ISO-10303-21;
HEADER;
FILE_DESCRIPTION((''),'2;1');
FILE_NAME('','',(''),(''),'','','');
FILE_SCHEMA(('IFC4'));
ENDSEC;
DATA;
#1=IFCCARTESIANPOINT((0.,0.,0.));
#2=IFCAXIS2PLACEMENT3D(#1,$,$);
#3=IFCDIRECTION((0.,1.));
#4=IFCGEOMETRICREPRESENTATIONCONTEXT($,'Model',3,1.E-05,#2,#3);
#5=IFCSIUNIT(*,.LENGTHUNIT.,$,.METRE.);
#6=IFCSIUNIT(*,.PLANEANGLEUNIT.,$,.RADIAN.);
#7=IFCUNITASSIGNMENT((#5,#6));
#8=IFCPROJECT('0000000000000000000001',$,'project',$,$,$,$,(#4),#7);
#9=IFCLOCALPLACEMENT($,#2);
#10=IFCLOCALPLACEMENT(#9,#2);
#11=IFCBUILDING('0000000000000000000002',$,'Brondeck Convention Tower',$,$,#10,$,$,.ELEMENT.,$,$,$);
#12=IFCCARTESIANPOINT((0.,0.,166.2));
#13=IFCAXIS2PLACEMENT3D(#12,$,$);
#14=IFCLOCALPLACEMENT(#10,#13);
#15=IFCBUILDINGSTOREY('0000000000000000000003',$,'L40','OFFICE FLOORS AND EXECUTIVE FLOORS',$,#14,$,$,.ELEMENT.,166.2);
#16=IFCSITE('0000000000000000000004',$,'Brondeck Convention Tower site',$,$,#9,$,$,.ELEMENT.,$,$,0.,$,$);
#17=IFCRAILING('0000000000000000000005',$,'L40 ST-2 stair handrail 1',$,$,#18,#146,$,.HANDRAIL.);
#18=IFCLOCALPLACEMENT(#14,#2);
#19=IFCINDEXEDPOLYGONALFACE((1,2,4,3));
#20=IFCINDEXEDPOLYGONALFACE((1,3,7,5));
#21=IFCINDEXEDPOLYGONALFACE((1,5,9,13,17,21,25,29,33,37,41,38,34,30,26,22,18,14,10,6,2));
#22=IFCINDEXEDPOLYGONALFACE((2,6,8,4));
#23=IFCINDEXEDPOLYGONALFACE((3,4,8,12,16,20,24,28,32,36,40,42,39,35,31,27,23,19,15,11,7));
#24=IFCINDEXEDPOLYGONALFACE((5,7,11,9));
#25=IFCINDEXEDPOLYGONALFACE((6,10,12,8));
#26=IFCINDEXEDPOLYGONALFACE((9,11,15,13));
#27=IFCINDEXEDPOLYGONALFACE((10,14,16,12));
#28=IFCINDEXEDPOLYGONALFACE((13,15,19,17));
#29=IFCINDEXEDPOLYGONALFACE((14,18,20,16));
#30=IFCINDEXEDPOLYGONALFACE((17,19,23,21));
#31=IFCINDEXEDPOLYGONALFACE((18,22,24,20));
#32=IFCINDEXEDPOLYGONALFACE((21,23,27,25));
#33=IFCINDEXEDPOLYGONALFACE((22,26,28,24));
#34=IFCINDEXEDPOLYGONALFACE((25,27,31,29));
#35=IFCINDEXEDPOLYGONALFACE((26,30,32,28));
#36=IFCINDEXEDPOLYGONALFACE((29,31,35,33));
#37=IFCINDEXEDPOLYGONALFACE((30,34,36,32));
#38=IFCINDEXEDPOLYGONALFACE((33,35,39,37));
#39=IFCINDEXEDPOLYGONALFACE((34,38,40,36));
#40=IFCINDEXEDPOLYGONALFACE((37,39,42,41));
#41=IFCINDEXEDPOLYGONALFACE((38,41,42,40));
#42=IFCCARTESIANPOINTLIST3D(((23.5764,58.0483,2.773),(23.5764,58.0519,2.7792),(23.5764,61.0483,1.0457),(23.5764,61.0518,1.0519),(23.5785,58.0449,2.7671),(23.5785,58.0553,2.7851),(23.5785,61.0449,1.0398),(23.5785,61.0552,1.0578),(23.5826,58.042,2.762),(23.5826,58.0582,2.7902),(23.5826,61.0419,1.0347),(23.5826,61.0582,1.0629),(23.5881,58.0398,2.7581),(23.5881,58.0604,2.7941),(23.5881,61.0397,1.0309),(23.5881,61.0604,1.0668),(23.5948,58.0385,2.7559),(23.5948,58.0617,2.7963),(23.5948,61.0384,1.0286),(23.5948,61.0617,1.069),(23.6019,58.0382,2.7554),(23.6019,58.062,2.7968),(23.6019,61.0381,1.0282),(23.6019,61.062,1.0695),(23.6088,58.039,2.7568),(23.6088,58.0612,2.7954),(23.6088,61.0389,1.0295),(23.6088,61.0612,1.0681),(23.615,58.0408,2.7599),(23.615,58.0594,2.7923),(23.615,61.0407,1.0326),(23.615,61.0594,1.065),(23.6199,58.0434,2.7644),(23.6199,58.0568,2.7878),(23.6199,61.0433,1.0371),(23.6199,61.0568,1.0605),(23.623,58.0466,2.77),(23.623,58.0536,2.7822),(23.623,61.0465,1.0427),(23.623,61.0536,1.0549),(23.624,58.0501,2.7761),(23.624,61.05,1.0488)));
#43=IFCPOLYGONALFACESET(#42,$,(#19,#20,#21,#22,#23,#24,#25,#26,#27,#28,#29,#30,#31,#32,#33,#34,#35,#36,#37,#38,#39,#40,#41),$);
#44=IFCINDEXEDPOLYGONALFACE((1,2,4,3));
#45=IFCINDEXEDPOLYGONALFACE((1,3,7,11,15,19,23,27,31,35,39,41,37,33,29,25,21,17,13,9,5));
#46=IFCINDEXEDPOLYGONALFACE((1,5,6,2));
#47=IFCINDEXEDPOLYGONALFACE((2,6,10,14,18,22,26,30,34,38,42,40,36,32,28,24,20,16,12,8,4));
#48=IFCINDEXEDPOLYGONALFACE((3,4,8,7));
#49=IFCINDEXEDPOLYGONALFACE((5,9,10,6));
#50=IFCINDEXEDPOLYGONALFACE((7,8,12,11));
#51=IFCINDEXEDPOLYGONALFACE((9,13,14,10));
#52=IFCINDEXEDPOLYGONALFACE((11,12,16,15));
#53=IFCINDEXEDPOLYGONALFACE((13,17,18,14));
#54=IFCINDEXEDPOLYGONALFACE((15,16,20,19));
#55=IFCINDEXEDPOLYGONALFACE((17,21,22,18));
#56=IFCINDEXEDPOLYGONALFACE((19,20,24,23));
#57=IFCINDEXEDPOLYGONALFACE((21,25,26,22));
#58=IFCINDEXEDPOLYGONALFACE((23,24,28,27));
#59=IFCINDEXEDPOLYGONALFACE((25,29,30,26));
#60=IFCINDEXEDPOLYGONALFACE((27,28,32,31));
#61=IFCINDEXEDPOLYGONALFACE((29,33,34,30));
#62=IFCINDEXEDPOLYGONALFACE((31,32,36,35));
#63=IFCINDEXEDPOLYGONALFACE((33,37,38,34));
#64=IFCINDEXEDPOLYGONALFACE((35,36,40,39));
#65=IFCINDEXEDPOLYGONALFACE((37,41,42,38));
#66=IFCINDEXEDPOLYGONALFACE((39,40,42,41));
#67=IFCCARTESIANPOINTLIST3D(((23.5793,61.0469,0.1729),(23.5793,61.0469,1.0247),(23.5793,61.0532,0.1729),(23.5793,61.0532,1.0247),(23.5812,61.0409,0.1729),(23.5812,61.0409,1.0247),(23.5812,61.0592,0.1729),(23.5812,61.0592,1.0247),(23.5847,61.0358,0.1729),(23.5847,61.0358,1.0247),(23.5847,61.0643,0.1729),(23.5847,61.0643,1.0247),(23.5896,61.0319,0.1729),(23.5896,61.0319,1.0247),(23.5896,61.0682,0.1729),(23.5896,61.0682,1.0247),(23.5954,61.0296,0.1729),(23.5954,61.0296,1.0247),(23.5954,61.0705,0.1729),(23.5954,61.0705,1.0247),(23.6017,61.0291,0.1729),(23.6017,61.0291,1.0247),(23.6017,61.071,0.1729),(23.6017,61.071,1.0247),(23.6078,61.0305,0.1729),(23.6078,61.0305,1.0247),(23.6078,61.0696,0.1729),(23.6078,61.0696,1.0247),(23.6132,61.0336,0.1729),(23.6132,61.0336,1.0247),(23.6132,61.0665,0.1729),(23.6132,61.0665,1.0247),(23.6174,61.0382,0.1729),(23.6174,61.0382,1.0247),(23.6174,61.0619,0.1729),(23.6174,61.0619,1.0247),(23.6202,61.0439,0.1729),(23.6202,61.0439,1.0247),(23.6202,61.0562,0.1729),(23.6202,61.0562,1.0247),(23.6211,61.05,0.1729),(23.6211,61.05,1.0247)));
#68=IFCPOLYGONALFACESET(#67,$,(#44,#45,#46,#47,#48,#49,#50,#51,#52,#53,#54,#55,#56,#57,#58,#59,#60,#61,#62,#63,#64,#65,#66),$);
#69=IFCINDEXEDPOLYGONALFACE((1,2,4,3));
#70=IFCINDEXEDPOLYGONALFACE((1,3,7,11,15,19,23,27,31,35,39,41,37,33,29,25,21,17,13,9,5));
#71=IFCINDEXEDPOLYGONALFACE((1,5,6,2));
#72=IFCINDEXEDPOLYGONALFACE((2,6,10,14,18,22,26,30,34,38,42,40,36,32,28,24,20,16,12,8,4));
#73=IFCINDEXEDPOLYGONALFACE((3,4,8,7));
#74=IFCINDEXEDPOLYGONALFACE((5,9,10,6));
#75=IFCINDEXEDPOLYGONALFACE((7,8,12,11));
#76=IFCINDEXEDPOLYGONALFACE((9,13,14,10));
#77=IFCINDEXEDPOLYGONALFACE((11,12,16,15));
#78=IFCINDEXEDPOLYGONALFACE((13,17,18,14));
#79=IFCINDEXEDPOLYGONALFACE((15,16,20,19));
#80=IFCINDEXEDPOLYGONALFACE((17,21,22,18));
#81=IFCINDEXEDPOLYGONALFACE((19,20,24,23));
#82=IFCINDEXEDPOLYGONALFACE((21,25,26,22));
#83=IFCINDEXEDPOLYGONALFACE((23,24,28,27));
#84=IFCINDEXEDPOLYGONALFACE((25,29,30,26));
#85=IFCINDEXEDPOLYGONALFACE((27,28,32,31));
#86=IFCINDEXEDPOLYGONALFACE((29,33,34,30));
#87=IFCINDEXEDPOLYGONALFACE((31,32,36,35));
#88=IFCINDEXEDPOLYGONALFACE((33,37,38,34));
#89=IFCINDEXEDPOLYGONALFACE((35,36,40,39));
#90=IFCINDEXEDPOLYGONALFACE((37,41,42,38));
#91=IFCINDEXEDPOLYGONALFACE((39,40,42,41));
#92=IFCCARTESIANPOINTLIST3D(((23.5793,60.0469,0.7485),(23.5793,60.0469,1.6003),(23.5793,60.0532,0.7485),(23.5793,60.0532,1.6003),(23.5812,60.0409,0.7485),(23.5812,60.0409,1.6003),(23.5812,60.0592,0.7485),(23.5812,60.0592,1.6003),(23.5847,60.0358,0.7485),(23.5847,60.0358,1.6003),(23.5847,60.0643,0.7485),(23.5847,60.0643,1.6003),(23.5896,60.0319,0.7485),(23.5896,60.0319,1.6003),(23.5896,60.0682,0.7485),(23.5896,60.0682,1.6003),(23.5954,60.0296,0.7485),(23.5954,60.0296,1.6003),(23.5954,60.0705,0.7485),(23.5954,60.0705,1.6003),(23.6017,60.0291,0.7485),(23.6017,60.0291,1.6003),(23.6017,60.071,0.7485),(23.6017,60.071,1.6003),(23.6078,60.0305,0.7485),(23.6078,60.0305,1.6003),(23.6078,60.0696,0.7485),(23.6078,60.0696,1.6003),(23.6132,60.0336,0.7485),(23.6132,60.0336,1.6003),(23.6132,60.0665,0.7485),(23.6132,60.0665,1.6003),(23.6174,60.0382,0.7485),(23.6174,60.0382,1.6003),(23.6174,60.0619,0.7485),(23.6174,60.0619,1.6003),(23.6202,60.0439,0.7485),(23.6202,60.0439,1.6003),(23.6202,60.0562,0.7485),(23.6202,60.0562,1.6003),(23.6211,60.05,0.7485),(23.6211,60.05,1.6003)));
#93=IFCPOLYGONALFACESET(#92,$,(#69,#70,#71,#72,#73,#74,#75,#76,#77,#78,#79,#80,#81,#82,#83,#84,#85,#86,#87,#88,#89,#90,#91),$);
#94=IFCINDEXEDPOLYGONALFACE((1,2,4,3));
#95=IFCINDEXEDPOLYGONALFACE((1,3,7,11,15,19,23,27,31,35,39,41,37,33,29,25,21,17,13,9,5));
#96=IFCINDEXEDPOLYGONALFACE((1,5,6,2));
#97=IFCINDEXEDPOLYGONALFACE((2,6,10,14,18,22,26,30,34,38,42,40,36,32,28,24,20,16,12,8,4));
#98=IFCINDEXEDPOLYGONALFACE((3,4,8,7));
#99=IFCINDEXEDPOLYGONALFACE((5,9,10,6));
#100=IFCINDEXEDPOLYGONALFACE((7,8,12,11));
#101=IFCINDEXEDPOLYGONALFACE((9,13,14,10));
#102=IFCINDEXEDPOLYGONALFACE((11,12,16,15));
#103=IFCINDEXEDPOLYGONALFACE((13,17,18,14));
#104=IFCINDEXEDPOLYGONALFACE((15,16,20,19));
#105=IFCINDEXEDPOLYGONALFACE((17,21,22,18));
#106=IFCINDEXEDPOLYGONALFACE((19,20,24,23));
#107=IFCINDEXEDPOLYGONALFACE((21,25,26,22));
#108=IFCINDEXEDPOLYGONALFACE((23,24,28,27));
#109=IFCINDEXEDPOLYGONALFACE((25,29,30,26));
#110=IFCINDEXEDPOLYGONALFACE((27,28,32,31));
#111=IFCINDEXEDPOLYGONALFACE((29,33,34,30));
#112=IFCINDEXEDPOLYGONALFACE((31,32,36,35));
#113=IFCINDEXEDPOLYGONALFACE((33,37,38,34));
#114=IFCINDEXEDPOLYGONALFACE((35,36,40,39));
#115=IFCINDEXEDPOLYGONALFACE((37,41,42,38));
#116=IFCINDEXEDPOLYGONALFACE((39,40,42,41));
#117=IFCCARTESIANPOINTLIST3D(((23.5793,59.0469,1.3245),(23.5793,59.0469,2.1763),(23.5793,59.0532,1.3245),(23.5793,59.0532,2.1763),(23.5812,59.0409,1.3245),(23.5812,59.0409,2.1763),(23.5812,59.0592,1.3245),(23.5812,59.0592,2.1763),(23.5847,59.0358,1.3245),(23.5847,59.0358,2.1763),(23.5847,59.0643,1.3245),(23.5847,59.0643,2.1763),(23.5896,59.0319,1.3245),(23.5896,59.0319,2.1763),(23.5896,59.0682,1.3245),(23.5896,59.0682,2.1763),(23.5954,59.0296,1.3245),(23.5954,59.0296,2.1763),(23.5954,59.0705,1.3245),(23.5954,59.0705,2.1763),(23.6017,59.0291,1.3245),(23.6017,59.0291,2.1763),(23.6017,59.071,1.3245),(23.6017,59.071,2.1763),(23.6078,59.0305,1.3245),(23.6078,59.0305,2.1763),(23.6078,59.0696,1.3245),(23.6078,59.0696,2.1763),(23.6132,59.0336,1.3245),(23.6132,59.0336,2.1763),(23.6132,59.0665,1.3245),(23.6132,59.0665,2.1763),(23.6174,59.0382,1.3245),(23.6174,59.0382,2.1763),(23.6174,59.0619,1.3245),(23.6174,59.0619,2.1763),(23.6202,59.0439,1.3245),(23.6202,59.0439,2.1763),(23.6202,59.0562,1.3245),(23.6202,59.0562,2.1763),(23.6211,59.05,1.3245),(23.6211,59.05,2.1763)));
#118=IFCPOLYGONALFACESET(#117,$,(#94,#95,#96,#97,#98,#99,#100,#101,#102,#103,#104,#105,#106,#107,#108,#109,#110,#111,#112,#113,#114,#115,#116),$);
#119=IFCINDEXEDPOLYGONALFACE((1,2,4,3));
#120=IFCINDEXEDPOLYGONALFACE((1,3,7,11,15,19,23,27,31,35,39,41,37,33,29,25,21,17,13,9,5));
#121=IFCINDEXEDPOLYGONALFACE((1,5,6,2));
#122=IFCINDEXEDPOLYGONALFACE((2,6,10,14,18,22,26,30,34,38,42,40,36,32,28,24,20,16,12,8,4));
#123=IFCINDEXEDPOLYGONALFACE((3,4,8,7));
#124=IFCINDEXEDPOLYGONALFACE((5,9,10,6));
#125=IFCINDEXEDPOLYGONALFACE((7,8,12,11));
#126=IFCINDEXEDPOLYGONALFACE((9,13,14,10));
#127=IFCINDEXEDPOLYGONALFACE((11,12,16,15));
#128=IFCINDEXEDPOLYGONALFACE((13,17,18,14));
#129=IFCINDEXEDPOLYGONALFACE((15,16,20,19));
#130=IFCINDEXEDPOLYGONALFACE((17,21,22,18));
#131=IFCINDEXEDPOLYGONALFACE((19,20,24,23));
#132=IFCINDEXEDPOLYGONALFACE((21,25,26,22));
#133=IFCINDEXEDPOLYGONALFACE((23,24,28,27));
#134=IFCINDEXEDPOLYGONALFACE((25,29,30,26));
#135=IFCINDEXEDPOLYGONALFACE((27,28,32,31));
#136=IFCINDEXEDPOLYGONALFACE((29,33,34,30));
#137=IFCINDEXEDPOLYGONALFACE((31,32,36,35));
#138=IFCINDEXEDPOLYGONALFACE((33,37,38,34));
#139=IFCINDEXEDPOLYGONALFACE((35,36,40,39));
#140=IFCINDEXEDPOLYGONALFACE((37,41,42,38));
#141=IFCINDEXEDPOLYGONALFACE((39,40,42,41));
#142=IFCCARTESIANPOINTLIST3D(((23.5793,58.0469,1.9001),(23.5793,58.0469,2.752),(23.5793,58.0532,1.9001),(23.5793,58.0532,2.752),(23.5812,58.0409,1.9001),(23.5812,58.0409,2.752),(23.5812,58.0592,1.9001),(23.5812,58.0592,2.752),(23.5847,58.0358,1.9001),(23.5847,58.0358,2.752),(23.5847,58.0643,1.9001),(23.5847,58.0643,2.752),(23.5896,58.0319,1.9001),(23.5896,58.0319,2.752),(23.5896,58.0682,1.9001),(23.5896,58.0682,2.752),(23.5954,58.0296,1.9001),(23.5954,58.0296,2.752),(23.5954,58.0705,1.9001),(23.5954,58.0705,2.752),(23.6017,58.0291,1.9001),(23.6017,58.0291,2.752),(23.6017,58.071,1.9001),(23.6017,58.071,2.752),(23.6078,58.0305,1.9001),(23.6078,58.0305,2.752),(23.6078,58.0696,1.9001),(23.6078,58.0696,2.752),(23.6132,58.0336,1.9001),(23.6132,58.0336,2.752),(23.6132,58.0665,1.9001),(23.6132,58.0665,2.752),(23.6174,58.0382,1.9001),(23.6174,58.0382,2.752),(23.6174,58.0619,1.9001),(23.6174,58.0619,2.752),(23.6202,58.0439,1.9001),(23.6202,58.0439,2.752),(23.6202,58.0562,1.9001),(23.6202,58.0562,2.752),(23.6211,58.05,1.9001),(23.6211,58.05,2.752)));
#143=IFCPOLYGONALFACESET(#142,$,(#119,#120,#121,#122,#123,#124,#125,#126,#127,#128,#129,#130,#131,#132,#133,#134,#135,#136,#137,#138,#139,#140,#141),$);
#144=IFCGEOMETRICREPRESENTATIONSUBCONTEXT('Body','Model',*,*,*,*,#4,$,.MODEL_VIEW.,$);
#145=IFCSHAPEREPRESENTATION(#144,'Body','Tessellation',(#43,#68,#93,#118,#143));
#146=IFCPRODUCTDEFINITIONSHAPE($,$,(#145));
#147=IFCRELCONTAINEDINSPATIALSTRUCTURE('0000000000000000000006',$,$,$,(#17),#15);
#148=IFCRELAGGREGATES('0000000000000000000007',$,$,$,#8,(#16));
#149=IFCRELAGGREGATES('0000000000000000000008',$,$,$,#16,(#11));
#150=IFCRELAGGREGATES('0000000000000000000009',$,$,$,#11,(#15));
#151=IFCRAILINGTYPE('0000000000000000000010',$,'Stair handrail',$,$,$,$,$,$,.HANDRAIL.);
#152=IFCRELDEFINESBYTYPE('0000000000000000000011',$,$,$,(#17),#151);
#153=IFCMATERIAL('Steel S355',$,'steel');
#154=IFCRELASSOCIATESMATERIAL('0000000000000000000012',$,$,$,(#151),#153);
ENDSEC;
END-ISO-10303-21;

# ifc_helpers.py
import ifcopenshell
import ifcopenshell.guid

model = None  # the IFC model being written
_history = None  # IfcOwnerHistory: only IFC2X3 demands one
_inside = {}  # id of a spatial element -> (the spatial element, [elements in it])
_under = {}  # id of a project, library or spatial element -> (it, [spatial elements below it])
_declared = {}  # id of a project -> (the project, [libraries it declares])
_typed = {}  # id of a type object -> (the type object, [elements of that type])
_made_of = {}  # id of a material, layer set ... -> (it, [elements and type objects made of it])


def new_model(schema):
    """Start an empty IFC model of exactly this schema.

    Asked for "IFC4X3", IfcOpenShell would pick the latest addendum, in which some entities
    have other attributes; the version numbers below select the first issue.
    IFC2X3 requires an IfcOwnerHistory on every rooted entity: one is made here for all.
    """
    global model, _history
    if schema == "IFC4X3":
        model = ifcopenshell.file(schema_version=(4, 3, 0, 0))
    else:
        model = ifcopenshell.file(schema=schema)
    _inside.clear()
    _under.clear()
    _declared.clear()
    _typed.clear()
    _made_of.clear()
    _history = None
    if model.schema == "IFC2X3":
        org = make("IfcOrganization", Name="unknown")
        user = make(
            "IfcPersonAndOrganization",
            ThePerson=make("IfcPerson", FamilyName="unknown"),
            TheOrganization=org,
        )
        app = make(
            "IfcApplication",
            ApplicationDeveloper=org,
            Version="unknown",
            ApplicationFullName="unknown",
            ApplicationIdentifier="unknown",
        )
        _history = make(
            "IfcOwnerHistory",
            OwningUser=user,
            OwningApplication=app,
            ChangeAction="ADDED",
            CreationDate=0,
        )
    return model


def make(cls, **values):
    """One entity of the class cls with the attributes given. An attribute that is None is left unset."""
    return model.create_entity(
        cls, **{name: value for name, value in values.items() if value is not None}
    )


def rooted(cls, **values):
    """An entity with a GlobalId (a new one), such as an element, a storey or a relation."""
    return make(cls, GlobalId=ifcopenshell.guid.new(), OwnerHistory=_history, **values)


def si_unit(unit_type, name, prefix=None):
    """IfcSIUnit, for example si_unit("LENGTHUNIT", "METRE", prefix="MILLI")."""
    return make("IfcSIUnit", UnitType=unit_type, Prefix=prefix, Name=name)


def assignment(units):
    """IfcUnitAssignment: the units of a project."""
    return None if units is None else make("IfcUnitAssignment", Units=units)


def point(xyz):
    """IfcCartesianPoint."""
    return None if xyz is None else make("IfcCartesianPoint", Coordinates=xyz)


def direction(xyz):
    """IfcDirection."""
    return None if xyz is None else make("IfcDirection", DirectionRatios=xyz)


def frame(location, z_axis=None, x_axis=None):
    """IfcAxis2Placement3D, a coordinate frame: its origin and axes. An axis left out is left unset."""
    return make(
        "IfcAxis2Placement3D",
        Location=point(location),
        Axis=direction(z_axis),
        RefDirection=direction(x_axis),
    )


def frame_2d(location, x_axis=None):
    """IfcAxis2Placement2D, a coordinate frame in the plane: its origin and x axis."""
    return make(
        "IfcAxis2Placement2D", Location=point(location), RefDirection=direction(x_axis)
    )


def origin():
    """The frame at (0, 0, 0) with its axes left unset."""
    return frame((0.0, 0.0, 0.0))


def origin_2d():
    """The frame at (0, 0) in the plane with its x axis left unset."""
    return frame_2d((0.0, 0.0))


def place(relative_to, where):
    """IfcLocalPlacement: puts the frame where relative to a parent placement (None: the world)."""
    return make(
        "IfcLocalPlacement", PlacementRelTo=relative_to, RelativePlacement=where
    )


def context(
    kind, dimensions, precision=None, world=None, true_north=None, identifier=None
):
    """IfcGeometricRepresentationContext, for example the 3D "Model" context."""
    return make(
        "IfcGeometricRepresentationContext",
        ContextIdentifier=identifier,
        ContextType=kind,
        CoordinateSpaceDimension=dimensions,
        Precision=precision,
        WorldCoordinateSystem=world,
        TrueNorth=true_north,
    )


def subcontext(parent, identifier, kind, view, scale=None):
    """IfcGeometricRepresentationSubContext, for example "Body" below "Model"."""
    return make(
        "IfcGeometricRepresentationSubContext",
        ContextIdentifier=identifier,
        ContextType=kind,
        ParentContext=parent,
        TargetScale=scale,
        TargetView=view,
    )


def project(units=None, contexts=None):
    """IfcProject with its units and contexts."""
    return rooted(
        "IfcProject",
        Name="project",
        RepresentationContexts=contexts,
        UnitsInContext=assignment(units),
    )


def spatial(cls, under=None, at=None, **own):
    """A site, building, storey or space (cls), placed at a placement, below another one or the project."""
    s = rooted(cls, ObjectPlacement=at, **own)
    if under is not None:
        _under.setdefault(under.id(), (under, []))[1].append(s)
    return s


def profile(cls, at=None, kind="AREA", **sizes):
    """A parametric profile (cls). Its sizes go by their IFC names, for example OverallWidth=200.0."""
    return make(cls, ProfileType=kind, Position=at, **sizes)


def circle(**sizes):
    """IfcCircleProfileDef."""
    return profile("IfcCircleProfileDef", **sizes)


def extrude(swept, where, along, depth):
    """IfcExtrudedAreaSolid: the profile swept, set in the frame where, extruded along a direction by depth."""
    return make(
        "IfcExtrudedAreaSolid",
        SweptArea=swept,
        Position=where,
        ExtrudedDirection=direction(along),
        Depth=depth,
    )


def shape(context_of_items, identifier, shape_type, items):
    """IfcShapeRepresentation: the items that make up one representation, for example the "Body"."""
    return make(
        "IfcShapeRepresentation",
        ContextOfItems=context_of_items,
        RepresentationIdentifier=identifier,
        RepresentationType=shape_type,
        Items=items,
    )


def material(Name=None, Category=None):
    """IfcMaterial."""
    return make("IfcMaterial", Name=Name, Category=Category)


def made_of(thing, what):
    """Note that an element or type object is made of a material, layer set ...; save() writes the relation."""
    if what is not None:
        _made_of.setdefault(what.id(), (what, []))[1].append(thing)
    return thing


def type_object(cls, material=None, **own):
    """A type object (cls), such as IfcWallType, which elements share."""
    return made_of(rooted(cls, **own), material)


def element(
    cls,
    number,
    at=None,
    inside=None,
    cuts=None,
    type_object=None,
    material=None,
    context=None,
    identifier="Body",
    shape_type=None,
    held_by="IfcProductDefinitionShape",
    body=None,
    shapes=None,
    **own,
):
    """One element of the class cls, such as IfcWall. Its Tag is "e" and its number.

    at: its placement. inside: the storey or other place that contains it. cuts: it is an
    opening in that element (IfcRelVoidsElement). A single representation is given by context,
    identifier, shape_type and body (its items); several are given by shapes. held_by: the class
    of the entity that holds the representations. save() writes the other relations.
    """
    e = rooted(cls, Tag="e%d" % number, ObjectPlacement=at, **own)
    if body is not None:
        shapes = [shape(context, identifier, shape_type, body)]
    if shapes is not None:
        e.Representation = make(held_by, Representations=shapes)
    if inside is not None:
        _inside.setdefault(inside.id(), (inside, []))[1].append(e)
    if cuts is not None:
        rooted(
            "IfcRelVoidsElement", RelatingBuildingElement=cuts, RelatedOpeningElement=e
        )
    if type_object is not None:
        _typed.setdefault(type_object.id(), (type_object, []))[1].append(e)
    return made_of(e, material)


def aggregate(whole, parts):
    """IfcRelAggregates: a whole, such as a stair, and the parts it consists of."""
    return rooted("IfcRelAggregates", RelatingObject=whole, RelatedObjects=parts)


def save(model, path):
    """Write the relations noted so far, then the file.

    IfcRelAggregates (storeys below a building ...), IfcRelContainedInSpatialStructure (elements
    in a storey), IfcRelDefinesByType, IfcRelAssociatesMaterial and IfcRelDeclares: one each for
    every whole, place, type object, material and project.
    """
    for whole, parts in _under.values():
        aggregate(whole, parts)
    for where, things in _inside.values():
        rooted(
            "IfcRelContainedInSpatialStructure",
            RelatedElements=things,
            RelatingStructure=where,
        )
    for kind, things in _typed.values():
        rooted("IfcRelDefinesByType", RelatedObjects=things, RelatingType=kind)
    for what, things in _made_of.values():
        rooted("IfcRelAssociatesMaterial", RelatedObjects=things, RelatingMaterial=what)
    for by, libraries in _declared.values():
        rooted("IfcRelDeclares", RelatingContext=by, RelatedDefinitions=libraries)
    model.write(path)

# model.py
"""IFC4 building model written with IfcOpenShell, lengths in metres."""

from ifc_helpers import new_model, si_unit, direction, frame, origin, origin_2d, place, context, subcontext, project, spatial, circle, extrude, material, type_object, element, save


model = new_model("IFC4")

# Units and contexts
model_context = context("Model", 3, precision=1e-05, world=origin(), true_north=direction((0.0, 1.0)))
body_context = subcontext(model_context, "Body", "Model", "MODEL_VIEW")
ifc_project = project(units=[si_unit("LENGTHUNIT", "METRE"), si_unit("PLANEANGLEUNIT", "RADIAN")], contexts=[model_context])

# Site, building, storey
site_placement = place(None, origin())
site = spatial("IfcSite", under=ifc_project, at=site_placement, Name="Brondeck Convention Tower site", CompositionType="ELEMENT", RefElevation=0.0)
building_placement = place(site_placement, origin())
building = spatial("IfcBuilding", under=site, at=building_placement, Name="Brondeck Convention Tower", CompositionType="ELEMENT")
storey_placement = place(building_placement, frame((0.0, 0.0, 166.2)))
storey = spatial("IfcBuildingStorey", under=building, at=storey_placement, Name="L40", Description="OFFICE FLOORS AND EXECUTIVE FLOORS", CompositionType="ELEMENT", Elevation=166.2)

# Shared definitions
ifc_material_1 = material(Name="Steel S355", Category="steel")

# Railing
railing_type_1 = type_object("IfcRailingType", Name="Stair handrail", PredefinedType="HANDRAIL", material=ifc_material_1)
railing_1_placement = place(storey_placement, frame((23.6001, 61.05, 0.1729)))
element("IfcRailing", 1, at=railing_1_placement, inside=storey, type_object=railing_type_1, Name="L40 ST-2 stair handrail 1", PredefinedType="HANDRAIL", context=body_context, shape_type="SweptSolid", body=[
    extrude(circle(Radius=0.0239, at=origin_2d()), frame((0.0, 0.0, 0.876), z_axis=(0.0, -0.86662, 0.498969), x_axis=(1.0, 0.0, 0.0)), (0.0, 0.0, 1.0), 3.4617),
    extrude(circle(Radius=0.021, at=origin_2d()), origin(), (0.0, 0.0, 1.0), 0.8518),
    extrude(circle(Radius=0.021, at=origin_2d()), frame((0.0, -1.0, 0.5757)), (0.0, 0.0, 1.0), 0.8518),
    extrude(circle(Radius=0.021, at=origin_2d()), frame((0.0, -2.0, 1.1516)), (0.0, 0.0, 1.0), 0.8518),
    extrude(circle(Radius=0.021, at=origin_2d()), frame((0.0, -3.0, 1.7273)), (0.0, 0.0, 1.0), 0.8518),
])

save(model, "model.ifc")
